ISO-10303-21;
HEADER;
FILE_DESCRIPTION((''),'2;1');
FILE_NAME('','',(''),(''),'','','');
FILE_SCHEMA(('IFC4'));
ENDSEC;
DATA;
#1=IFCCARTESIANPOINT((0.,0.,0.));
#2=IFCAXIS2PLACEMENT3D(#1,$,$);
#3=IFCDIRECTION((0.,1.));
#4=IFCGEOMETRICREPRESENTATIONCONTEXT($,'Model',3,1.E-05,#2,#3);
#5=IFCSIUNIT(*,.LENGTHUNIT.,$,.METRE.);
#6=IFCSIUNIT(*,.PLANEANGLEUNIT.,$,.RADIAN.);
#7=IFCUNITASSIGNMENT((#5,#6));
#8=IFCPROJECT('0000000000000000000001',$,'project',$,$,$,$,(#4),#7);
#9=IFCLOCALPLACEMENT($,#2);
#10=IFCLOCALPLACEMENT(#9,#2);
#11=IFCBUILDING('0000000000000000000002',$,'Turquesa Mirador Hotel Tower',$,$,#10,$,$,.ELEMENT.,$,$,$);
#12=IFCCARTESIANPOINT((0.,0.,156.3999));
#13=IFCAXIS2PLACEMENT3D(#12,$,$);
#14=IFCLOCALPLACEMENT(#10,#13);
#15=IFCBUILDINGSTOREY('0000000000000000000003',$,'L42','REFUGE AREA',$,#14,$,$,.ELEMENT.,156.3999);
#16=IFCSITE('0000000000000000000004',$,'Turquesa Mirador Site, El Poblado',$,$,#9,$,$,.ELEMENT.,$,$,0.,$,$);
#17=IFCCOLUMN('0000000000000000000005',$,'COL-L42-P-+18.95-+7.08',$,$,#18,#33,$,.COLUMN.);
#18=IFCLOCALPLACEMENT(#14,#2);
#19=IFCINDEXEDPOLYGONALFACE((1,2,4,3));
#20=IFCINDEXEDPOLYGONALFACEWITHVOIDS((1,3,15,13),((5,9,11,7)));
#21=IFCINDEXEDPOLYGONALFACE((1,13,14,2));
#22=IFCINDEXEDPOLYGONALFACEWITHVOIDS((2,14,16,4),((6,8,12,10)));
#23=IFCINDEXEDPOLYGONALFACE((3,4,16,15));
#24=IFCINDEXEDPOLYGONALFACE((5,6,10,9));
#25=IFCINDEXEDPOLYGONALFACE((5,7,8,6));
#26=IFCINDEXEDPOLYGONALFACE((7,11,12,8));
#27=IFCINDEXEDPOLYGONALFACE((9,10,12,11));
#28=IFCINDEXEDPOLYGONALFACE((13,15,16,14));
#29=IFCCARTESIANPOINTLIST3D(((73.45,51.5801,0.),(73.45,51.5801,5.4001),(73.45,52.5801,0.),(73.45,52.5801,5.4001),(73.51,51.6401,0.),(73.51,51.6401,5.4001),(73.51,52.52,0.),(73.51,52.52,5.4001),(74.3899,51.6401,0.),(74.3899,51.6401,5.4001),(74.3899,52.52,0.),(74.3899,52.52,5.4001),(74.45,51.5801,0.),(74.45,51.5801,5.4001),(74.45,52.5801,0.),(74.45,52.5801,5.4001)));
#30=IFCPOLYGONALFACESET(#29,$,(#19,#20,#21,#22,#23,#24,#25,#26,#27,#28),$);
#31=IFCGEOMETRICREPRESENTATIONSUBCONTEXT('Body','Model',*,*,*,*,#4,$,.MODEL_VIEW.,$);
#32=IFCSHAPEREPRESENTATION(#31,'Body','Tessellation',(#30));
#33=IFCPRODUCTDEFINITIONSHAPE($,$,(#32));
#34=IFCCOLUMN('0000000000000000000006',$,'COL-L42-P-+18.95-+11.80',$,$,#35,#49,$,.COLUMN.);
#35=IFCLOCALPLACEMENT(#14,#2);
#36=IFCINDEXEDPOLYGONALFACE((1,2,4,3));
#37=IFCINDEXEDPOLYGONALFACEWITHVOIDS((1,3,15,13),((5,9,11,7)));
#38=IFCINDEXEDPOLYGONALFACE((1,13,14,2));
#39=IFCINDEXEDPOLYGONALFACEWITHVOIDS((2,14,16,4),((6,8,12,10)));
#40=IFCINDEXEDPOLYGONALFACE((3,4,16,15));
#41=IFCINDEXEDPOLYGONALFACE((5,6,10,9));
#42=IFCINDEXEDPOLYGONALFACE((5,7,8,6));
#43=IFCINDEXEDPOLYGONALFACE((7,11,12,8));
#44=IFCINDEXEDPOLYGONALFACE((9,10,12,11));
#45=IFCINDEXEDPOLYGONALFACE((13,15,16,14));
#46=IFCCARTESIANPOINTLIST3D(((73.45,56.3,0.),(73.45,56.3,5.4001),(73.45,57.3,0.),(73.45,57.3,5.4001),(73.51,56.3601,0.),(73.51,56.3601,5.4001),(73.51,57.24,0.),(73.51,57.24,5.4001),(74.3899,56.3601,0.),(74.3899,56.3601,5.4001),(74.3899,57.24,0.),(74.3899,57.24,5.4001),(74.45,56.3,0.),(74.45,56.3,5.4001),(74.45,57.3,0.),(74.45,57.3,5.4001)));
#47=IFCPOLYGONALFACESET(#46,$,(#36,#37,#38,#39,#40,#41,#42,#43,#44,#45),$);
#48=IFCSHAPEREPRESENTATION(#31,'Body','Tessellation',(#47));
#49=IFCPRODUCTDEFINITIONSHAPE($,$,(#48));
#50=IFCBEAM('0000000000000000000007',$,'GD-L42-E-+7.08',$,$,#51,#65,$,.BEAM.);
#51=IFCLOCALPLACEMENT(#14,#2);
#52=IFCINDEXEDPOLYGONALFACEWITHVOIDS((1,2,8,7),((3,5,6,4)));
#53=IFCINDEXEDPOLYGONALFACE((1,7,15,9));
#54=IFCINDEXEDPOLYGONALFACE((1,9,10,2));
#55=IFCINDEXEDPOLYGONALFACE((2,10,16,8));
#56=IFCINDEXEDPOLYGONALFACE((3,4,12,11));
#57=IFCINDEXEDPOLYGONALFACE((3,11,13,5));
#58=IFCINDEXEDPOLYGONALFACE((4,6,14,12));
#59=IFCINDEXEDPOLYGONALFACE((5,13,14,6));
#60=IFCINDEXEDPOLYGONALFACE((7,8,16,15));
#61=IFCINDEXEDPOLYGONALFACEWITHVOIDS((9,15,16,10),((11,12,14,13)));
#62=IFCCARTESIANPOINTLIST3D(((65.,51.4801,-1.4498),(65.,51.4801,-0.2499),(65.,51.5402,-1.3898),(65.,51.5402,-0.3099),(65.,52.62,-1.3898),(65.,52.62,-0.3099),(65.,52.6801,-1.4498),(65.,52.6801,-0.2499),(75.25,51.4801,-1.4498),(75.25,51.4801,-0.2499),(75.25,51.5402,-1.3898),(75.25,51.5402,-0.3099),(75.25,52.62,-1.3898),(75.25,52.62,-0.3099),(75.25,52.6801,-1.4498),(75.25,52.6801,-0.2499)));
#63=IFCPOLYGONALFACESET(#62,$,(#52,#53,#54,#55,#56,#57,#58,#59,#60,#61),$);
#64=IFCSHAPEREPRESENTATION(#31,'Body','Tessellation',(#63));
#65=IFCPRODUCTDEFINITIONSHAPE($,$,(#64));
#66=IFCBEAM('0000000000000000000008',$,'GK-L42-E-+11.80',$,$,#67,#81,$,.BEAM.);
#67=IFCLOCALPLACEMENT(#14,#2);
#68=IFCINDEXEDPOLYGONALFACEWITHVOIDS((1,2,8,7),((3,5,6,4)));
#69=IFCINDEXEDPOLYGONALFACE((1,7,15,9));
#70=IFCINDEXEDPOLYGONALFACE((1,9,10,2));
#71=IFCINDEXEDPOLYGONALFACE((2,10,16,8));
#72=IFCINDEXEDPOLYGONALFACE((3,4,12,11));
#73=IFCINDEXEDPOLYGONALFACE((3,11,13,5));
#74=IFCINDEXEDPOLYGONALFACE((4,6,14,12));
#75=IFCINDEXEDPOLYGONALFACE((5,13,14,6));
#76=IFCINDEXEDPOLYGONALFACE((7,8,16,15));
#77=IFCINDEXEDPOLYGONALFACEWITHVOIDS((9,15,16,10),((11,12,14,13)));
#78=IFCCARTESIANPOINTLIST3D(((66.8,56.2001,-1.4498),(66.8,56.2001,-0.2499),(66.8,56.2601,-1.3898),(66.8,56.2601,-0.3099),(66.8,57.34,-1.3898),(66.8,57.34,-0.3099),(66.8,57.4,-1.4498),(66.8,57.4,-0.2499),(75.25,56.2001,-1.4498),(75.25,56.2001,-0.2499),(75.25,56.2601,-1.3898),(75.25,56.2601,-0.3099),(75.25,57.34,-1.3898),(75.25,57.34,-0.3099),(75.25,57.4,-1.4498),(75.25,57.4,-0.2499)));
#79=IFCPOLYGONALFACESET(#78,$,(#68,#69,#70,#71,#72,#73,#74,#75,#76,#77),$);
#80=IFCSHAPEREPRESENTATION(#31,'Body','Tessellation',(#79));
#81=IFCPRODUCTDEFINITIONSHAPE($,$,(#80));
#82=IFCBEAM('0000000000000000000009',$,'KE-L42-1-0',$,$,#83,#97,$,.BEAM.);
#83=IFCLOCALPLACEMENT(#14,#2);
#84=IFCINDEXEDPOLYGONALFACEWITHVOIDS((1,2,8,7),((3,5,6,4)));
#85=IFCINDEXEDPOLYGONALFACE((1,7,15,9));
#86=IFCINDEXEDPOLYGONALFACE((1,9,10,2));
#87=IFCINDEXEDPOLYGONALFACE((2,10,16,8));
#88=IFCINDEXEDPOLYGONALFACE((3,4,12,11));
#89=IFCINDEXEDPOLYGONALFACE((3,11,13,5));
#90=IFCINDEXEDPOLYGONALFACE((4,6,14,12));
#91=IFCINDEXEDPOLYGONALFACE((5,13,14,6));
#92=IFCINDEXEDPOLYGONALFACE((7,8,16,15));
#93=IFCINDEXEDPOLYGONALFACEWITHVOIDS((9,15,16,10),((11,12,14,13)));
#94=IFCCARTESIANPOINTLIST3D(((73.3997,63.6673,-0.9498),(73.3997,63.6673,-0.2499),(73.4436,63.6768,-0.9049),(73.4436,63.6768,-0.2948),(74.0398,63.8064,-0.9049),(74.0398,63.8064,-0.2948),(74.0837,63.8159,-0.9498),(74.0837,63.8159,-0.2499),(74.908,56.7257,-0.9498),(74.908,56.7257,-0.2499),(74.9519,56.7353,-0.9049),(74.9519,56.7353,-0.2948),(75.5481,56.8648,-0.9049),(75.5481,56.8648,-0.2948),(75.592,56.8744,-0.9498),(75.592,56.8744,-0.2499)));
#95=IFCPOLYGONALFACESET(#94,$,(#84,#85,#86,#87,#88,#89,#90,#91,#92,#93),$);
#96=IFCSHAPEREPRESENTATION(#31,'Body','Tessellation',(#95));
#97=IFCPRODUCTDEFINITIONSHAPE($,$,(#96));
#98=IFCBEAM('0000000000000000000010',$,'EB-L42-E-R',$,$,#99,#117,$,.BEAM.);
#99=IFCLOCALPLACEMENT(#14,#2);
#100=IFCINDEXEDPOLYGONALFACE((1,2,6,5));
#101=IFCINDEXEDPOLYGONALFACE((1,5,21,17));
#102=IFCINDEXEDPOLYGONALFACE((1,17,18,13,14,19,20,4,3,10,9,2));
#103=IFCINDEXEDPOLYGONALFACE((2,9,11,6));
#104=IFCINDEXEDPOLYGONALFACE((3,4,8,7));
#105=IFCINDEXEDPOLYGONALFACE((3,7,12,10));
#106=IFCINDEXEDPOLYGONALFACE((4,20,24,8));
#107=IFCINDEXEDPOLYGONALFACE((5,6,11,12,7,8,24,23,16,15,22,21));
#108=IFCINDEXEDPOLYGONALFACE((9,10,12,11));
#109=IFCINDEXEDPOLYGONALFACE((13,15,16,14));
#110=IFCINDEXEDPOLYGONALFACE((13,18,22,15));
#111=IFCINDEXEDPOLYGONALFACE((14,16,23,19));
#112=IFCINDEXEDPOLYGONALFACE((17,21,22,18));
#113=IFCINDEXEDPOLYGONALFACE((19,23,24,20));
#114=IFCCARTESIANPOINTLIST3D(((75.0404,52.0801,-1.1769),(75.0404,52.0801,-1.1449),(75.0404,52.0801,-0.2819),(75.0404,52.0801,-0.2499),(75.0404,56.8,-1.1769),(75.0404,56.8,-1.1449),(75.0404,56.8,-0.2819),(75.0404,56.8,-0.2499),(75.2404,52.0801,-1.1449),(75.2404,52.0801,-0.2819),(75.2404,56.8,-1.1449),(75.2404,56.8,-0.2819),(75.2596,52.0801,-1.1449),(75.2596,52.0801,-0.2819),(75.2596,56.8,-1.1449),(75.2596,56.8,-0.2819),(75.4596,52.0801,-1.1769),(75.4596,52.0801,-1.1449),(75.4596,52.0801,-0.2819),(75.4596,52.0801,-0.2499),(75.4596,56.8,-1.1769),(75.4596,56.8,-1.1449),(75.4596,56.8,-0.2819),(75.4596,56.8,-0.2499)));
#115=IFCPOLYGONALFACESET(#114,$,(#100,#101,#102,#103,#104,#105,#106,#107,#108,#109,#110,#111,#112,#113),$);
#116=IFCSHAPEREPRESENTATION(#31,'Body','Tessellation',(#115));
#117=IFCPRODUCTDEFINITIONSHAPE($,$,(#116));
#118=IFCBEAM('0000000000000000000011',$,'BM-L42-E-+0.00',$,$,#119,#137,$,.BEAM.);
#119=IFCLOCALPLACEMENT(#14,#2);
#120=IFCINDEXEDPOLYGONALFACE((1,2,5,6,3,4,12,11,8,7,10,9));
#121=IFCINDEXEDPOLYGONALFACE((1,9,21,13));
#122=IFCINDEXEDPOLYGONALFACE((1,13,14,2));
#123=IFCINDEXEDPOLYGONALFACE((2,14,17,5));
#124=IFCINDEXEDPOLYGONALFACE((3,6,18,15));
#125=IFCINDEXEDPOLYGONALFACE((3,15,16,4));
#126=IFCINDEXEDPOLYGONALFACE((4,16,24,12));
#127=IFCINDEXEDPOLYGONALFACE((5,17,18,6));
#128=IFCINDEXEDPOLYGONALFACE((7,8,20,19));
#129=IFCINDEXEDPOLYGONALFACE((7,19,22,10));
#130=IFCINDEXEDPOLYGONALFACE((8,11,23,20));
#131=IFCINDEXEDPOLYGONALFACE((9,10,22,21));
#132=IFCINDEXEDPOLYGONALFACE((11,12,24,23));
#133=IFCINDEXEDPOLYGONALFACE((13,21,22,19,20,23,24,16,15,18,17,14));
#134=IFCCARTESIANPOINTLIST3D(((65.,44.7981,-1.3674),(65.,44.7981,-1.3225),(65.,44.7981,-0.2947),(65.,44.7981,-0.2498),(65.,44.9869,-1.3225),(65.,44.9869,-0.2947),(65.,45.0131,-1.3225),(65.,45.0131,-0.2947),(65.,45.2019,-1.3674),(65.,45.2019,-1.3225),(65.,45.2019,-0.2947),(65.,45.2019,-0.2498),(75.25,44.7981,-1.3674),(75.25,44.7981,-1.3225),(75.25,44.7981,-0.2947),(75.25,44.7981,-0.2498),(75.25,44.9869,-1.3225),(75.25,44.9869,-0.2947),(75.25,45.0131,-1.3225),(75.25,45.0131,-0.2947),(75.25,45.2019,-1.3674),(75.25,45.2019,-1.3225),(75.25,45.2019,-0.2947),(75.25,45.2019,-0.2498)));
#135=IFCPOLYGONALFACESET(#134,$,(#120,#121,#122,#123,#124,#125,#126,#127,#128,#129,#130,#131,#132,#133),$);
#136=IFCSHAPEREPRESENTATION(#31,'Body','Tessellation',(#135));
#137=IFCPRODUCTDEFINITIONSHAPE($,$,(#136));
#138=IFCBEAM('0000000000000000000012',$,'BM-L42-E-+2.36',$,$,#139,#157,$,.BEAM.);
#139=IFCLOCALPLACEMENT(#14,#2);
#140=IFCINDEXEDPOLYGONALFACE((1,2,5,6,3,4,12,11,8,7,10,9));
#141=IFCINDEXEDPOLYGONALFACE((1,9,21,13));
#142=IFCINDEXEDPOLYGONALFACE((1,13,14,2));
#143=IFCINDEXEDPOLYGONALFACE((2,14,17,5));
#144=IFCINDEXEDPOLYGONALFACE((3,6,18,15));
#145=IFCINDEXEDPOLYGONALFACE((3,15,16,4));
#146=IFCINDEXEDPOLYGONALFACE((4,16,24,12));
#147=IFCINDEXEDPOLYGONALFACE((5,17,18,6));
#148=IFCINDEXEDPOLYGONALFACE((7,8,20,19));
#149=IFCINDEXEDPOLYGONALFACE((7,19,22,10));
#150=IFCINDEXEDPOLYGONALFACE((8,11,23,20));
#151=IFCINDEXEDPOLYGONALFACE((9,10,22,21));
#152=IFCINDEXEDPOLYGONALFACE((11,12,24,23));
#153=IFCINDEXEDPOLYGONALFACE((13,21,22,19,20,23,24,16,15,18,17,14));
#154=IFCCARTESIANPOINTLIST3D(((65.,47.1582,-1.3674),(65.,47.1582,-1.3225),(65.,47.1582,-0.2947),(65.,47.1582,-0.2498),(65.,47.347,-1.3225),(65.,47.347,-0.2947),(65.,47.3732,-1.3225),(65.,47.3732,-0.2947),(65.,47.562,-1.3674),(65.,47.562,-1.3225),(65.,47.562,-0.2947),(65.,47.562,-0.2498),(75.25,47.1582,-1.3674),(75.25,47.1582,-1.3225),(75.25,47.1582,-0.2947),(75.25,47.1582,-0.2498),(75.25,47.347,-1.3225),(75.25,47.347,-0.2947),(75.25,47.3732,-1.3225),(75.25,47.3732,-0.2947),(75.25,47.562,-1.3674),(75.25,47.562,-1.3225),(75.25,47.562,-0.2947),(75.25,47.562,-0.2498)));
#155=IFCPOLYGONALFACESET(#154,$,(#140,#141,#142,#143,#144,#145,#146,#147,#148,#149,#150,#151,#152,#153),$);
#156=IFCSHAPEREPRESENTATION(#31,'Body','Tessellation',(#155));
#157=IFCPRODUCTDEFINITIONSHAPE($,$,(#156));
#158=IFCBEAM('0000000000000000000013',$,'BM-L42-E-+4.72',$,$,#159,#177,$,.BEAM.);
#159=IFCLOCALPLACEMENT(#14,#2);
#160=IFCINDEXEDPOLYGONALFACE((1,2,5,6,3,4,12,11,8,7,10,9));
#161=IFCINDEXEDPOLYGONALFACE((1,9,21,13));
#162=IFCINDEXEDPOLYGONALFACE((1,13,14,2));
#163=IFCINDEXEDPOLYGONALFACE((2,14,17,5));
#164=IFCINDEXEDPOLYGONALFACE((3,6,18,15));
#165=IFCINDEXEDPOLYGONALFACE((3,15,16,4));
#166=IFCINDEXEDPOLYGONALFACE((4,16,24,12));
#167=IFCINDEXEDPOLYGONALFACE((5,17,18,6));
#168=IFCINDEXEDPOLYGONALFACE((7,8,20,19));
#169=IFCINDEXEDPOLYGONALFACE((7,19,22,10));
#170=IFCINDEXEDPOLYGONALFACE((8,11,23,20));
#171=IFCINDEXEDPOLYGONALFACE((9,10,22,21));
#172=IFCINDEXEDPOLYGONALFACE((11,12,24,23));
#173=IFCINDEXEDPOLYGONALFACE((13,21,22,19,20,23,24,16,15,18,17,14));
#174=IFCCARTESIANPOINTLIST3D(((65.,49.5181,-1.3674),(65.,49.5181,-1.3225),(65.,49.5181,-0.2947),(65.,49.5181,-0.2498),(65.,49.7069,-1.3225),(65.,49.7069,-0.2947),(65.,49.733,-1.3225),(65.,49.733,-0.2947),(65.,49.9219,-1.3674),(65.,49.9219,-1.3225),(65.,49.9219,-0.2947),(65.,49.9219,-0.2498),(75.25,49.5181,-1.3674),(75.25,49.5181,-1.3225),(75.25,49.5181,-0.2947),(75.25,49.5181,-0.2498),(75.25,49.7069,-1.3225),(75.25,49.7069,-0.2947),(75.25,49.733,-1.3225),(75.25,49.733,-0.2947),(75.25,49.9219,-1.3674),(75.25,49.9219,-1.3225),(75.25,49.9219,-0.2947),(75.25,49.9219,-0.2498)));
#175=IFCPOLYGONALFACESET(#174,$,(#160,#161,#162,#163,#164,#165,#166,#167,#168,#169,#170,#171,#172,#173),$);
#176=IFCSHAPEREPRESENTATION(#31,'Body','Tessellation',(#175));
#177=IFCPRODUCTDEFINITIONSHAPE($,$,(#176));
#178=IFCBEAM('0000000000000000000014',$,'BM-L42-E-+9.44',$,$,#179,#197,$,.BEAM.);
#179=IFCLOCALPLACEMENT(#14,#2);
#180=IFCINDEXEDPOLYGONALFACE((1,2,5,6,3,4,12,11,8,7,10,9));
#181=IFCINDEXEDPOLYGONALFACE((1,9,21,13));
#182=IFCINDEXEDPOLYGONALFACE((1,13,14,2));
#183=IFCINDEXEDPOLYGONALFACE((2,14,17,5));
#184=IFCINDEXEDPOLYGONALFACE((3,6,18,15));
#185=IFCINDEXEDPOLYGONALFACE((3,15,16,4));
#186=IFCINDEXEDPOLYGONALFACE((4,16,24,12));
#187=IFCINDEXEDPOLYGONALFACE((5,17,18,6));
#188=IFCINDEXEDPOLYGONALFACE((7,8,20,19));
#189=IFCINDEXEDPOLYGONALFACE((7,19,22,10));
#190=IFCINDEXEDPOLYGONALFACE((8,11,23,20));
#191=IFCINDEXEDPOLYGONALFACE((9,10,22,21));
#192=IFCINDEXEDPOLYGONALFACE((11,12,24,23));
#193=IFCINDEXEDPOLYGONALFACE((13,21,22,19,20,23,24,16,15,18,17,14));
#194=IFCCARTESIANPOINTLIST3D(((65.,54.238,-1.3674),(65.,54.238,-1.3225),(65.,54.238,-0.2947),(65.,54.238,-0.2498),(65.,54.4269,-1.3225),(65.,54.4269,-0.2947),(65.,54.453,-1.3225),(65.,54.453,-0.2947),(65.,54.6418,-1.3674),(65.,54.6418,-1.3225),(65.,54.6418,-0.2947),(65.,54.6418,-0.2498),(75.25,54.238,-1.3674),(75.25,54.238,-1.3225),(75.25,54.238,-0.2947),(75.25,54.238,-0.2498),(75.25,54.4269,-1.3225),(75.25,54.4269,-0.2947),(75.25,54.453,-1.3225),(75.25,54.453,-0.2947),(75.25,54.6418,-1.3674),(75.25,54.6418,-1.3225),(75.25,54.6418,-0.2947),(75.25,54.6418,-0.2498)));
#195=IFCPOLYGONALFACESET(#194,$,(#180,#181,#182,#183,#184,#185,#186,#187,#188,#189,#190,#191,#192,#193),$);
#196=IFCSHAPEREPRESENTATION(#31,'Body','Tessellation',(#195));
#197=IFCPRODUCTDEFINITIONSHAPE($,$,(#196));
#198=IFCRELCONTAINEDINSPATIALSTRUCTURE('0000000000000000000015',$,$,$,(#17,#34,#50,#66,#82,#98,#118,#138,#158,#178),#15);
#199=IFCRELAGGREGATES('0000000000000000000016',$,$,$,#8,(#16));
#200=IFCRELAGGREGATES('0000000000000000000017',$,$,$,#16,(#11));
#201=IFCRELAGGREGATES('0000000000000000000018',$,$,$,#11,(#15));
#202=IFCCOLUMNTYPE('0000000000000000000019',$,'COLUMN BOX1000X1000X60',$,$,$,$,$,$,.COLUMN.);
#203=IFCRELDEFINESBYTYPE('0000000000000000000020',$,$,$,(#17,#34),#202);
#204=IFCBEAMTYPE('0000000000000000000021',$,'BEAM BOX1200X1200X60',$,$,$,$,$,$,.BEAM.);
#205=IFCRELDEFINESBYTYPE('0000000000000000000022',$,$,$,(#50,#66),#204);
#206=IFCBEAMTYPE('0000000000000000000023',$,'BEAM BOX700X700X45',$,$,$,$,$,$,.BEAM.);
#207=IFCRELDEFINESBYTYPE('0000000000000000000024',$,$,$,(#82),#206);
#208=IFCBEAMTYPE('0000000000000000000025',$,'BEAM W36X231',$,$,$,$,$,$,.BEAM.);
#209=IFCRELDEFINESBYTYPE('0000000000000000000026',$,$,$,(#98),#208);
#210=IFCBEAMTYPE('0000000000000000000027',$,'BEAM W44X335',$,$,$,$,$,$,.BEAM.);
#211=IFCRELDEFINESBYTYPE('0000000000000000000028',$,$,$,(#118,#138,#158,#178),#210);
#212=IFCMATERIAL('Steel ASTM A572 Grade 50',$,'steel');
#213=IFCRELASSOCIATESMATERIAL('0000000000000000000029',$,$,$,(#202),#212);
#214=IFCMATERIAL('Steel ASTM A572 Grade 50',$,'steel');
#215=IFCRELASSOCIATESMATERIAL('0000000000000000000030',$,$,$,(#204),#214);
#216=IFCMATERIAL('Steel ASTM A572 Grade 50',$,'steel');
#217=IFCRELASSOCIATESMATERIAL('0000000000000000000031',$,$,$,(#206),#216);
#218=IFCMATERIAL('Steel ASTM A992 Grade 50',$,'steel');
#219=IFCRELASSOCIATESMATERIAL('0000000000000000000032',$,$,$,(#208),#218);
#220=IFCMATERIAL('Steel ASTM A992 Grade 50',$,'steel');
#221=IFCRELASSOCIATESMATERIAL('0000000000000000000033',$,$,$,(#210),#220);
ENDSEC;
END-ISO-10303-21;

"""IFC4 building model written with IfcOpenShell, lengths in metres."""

from ifc_helpers import new_model, si_unit, direction, frame, origin, origin_2d, place, context, subcontext, project, spatial, hollow_rectangle, i_section, extrude, material, material_profile, profile_set, type_object, element, save


model = new_model("IFC4")

# Units and contexts
model_context = context("Model", 3, precision=1e-05, world=origin(), true_north=direction((0.0, 1.0)))
body_context = subcontext(model_context, "Body", "Model", "MODEL_VIEW")
ifc_project = project(units=[si_unit("LENGTHUNIT", "METRE"), si_unit("PLANEANGLEUNIT", "RADIAN")], contexts=[model_context])

# Site, building, storey
site_placement = place(None, origin())
site = spatial("IfcSite", under=ifc_project, at=site_placement, Name="Turquesa Mirador Site, El Poblado", CompositionType="ELEMENT", RefElevation=0.0)
building_placement = place(site_placement, origin())
building = spatial("IfcBuilding", under=site, at=building_placement, Name="Turquesa Mirador Hotel Tower", CompositionType="ELEMENT")
storey_placement = place(building_placement, frame((0.0, 0.0, 156.3999)))
storey = spatial("IfcBuildingStorey", under=building, at=storey_placement, Name="L42", Description="REFUGE AREA", CompositionType="ELEMENT", Elevation=156.3999)

# Columns
ifc_material_1 = material(Name="Steel ASTM A572 Grade 50", Category="steel")
ifc_material_profile_1 = material_profile(ifc_material_1, hollow_rectangle(XDim=1.0, YDim=1.0, WallThickness=0.0601, at=origin_2d()), Name="BOX1000X1000X60")
ifc_profile_set_1 = profile_set([ifc_material_profile_1], Name="Steel ASTM A572 Grade 50")
column_type = type_object("IfcColumnType", Name="COLUMN BOX1000X1000X60", PredefinedType="COLUMN", material=ifc_profile_set_1)
for number, where, z_axis, x_axis, name in (
    (1, (73.95, 52.0801, 0.0), (0.0, 0.0, 1.0), (1.0, 0.0, 0.0), "COL-L42-P-+18.95-+7.08"),
    (2, (73.95, 56.8, 0.0), (0.0, 0.0, 1.0), (1.0, 0.0, 0.0), "COL-L42-P-+18.95-+11.80"),
):
    element("IfcColumn", number, at=place(storey_placement, frame(where, z_axis=z_axis, x_axis=x_axis)), inside=storey, type_object=column_type, Name=name, PredefinedType="COLUMN", context=body_context, shape_type="SweptSolid", body=[
        extrude(hollow_rectangle(XDim=1.0, YDim=1.0, WallThickness=0.0601, at=origin_2d()), origin(), (0.0, 0.0, 1.0), 5.4001),
    ])

# Beams
ifc_material_2 = material(Name="Steel ASTM A572 Grade 50", Category="steel")
ifc_material_profile_2 = material_profile(ifc_material_2, hollow_rectangle(XDim=1.2, YDim=1.2, WallThickness=0.0601, at=origin_2d()), Name="BOX1200X1200X60")
ifc_profile_set_2 = profile_set([ifc_material_profile_2], Name="Steel ASTM A572 Grade 50")
beam_type_1 = type_object("IfcBeamType", Name="BEAM BOX1200X1200X60", PredefinedType="BEAM", material=ifc_profile_set_2)
beam_1_placement = place(storey_placement, frame((75.25, 52.0801, -0.8499), z_axis=(-1.0, 0.0, 0.0), x_axis=(0.0, -1.0, 0.0)))
element("IfcBeam", 3, at=beam_1_placement, inside=storey, type_object=beam_type_1, Name="GD-L42-E-+7.08", PredefinedType="BEAM", context=body_context, shape_type="SweptSolid", body=[
    extrude(hollow_rectangle(XDim=1.2, YDim=1.2, WallThickness=0.0601, at=origin_2d()), origin(), (0.0, 0.0, 1.0), 10.25),
])
beam_2_placement = place(storey_placement, frame((75.25, 56.8, -0.8499), z_axis=(-1.0, 0.0, 0.0), x_axis=(0.0, -1.0, 0.0)))
element("IfcBeam", 4, at=beam_2_placement, inside=storey, type_object=beam_type_1, Name="GK-L42-E-+11.80", PredefinedType="BEAM", context=body_context, shape_type="SweptSolid", body=[
    extrude(hollow_rectangle(XDim=1.2, YDim=1.2, WallThickness=0.0601, at=origin_2d()), origin(), (0.0, 0.0, 1.0), 8.45),
])
ifc_material_3 = material(Name="Steel ASTM A572 Grade 50", Category="steel")
ifc_material_profile_3 = material_profile(ifc_material_3, hollow_rectangle(XDim=0.7, YDim=0.7, WallThickness=0.0449, at=origin_2d()), Name="BOX700X700X45")
ifc_profile_set_3 = profile_set([ifc_material_profile_3], Name="Steel ASTM A572 Grade 50")
beam_type_2 = type_object("IfcBeamType", Name="BEAM BOX700X700X45", PredefinedType="BEAM", material=ifc_profile_set_3)
beam_3_placement = place(storey_placement, frame((75.25, 56.8, -0.5999), z_axis=(-0.212328, 0.977198, 0.0), x_axis=(-0.977198, -0.212328, 0.0)))
element("IfcBeam", 5, at=beam_3_placement, inside=storey, type_object=beam_type_2, Name="KE-L42-1-0", PredefinedType="BEAM", context=body_context, shape_type="SweptSolid", body=[
    extrude(hollow_rectangle(XDim=0.7, YDim=0.7, WallThickness=0.0449, at=origin_2d()), origin(), (0.0, 0.0, 1.0), 7.1035),
])
ifc_material_4 = material(Name="Steel ASTM A992 Grade 50", Category="steel")
ifc_material_profile_4 = material_profile(ifc_material_4, i_section(OverallWidth=0.4192, OverallDepth=0.927, WebThickness=0.0193, FlangeThickness=0.032, at=origin_2d()), Name="W36X231")
ifc_profile_set_4 = profile_set([ifc_material_profile_4], Name="Steel ASTM A992 Grade 50")
beam_type_3 = type_object("IfcBeamType", Name="BEAM W36X231", PredefinedType="BEAM", material=ifc_profile_set_4)
beam_4_placement = place(storey_placement, frame((75.25, 52.0801, -0.7134), z_axis=(0.0, 1.0, 0.0), x_axis=(-1.0, 0.0, 0.0)))
element("IfcBeam", 6, at=beam_4_placement, inside=storey, type_object=beam_type_3, Name="EB-L42-E-R", PredefinedType="BEAM", context=body_context, shape_type="SweptSolid", body=[
    extrude(i_section(OverallWidth=0.4192, OverallDepth=0.927, WebThickness=0.0193, FlangeThickness=0.032, at=origin_2d()), origin(), (0.0, 0.0, 1.0), 4.72),
])
ifc_material_5 = material(Name="Steel ASTM A992 Grade 50", Category="steel")
ifc_material_profile_5 = material_profile(ifc_material_5, i_section(OverallWidth=0.4038, OverallDepth=1.1177, WebThickness=0.0261, FlangeThickness=0.0449, at=origin_2d()), Name="W44X335")
ifc_profile_set_5 = profile_set([ifc_material_profile_5], Name="Steel ASTM A992 Grade 50")
beam_type_4 = type_object("IfcBeamType", Name="BEAM W44X335", PredefinedType="BEAM", material=ifc_profile_set_5)
for number, where, z_axis, x_axis, name in (
    (7, (75.25, 45.0, -0.8086), (-1.0, 0.0, 0.0), (0.0, -1.0, 0.0), "BM-L42-E-+0.00"),
    (8, (75.25, 47.3601, -0.8086), (-1.0, 0.0, 0.0), (0.0, -1.0, 0.0), "BM-L42-E-+2.36"),
    (9, (75.25, 49.72, -0.8086), (-1.0, 0.0, 0.0), (0.0, -1.0, 0.0), "BM-L42-E-+4.72"),
    (10, (75.25, 54.4399, -0.8086), (-1.0, 0.0, 0.0), (0.0, -1.0, 0.0), "BM-L42-E-+9.44"),
):
    element("IfcBeam", number, at=place(storey_placement, frame(where, z_axis=z_axis, x_axis=x_axis)), inside=storey, type_object=beam_type_4, Name=name, PredefinedType="BEAM", context=body_context, shape_type="SweptSolid", body=[
        extrude(i_section(OverallWidth=0.4038, OverallDepth=1.1177, WebThickness=0.0261, FlangeThickness=0.0449, at=origin_2d()), origin(), (0.0, 0.0, 1.0), 10.25),
    ])

save(model, "model.ifc")
